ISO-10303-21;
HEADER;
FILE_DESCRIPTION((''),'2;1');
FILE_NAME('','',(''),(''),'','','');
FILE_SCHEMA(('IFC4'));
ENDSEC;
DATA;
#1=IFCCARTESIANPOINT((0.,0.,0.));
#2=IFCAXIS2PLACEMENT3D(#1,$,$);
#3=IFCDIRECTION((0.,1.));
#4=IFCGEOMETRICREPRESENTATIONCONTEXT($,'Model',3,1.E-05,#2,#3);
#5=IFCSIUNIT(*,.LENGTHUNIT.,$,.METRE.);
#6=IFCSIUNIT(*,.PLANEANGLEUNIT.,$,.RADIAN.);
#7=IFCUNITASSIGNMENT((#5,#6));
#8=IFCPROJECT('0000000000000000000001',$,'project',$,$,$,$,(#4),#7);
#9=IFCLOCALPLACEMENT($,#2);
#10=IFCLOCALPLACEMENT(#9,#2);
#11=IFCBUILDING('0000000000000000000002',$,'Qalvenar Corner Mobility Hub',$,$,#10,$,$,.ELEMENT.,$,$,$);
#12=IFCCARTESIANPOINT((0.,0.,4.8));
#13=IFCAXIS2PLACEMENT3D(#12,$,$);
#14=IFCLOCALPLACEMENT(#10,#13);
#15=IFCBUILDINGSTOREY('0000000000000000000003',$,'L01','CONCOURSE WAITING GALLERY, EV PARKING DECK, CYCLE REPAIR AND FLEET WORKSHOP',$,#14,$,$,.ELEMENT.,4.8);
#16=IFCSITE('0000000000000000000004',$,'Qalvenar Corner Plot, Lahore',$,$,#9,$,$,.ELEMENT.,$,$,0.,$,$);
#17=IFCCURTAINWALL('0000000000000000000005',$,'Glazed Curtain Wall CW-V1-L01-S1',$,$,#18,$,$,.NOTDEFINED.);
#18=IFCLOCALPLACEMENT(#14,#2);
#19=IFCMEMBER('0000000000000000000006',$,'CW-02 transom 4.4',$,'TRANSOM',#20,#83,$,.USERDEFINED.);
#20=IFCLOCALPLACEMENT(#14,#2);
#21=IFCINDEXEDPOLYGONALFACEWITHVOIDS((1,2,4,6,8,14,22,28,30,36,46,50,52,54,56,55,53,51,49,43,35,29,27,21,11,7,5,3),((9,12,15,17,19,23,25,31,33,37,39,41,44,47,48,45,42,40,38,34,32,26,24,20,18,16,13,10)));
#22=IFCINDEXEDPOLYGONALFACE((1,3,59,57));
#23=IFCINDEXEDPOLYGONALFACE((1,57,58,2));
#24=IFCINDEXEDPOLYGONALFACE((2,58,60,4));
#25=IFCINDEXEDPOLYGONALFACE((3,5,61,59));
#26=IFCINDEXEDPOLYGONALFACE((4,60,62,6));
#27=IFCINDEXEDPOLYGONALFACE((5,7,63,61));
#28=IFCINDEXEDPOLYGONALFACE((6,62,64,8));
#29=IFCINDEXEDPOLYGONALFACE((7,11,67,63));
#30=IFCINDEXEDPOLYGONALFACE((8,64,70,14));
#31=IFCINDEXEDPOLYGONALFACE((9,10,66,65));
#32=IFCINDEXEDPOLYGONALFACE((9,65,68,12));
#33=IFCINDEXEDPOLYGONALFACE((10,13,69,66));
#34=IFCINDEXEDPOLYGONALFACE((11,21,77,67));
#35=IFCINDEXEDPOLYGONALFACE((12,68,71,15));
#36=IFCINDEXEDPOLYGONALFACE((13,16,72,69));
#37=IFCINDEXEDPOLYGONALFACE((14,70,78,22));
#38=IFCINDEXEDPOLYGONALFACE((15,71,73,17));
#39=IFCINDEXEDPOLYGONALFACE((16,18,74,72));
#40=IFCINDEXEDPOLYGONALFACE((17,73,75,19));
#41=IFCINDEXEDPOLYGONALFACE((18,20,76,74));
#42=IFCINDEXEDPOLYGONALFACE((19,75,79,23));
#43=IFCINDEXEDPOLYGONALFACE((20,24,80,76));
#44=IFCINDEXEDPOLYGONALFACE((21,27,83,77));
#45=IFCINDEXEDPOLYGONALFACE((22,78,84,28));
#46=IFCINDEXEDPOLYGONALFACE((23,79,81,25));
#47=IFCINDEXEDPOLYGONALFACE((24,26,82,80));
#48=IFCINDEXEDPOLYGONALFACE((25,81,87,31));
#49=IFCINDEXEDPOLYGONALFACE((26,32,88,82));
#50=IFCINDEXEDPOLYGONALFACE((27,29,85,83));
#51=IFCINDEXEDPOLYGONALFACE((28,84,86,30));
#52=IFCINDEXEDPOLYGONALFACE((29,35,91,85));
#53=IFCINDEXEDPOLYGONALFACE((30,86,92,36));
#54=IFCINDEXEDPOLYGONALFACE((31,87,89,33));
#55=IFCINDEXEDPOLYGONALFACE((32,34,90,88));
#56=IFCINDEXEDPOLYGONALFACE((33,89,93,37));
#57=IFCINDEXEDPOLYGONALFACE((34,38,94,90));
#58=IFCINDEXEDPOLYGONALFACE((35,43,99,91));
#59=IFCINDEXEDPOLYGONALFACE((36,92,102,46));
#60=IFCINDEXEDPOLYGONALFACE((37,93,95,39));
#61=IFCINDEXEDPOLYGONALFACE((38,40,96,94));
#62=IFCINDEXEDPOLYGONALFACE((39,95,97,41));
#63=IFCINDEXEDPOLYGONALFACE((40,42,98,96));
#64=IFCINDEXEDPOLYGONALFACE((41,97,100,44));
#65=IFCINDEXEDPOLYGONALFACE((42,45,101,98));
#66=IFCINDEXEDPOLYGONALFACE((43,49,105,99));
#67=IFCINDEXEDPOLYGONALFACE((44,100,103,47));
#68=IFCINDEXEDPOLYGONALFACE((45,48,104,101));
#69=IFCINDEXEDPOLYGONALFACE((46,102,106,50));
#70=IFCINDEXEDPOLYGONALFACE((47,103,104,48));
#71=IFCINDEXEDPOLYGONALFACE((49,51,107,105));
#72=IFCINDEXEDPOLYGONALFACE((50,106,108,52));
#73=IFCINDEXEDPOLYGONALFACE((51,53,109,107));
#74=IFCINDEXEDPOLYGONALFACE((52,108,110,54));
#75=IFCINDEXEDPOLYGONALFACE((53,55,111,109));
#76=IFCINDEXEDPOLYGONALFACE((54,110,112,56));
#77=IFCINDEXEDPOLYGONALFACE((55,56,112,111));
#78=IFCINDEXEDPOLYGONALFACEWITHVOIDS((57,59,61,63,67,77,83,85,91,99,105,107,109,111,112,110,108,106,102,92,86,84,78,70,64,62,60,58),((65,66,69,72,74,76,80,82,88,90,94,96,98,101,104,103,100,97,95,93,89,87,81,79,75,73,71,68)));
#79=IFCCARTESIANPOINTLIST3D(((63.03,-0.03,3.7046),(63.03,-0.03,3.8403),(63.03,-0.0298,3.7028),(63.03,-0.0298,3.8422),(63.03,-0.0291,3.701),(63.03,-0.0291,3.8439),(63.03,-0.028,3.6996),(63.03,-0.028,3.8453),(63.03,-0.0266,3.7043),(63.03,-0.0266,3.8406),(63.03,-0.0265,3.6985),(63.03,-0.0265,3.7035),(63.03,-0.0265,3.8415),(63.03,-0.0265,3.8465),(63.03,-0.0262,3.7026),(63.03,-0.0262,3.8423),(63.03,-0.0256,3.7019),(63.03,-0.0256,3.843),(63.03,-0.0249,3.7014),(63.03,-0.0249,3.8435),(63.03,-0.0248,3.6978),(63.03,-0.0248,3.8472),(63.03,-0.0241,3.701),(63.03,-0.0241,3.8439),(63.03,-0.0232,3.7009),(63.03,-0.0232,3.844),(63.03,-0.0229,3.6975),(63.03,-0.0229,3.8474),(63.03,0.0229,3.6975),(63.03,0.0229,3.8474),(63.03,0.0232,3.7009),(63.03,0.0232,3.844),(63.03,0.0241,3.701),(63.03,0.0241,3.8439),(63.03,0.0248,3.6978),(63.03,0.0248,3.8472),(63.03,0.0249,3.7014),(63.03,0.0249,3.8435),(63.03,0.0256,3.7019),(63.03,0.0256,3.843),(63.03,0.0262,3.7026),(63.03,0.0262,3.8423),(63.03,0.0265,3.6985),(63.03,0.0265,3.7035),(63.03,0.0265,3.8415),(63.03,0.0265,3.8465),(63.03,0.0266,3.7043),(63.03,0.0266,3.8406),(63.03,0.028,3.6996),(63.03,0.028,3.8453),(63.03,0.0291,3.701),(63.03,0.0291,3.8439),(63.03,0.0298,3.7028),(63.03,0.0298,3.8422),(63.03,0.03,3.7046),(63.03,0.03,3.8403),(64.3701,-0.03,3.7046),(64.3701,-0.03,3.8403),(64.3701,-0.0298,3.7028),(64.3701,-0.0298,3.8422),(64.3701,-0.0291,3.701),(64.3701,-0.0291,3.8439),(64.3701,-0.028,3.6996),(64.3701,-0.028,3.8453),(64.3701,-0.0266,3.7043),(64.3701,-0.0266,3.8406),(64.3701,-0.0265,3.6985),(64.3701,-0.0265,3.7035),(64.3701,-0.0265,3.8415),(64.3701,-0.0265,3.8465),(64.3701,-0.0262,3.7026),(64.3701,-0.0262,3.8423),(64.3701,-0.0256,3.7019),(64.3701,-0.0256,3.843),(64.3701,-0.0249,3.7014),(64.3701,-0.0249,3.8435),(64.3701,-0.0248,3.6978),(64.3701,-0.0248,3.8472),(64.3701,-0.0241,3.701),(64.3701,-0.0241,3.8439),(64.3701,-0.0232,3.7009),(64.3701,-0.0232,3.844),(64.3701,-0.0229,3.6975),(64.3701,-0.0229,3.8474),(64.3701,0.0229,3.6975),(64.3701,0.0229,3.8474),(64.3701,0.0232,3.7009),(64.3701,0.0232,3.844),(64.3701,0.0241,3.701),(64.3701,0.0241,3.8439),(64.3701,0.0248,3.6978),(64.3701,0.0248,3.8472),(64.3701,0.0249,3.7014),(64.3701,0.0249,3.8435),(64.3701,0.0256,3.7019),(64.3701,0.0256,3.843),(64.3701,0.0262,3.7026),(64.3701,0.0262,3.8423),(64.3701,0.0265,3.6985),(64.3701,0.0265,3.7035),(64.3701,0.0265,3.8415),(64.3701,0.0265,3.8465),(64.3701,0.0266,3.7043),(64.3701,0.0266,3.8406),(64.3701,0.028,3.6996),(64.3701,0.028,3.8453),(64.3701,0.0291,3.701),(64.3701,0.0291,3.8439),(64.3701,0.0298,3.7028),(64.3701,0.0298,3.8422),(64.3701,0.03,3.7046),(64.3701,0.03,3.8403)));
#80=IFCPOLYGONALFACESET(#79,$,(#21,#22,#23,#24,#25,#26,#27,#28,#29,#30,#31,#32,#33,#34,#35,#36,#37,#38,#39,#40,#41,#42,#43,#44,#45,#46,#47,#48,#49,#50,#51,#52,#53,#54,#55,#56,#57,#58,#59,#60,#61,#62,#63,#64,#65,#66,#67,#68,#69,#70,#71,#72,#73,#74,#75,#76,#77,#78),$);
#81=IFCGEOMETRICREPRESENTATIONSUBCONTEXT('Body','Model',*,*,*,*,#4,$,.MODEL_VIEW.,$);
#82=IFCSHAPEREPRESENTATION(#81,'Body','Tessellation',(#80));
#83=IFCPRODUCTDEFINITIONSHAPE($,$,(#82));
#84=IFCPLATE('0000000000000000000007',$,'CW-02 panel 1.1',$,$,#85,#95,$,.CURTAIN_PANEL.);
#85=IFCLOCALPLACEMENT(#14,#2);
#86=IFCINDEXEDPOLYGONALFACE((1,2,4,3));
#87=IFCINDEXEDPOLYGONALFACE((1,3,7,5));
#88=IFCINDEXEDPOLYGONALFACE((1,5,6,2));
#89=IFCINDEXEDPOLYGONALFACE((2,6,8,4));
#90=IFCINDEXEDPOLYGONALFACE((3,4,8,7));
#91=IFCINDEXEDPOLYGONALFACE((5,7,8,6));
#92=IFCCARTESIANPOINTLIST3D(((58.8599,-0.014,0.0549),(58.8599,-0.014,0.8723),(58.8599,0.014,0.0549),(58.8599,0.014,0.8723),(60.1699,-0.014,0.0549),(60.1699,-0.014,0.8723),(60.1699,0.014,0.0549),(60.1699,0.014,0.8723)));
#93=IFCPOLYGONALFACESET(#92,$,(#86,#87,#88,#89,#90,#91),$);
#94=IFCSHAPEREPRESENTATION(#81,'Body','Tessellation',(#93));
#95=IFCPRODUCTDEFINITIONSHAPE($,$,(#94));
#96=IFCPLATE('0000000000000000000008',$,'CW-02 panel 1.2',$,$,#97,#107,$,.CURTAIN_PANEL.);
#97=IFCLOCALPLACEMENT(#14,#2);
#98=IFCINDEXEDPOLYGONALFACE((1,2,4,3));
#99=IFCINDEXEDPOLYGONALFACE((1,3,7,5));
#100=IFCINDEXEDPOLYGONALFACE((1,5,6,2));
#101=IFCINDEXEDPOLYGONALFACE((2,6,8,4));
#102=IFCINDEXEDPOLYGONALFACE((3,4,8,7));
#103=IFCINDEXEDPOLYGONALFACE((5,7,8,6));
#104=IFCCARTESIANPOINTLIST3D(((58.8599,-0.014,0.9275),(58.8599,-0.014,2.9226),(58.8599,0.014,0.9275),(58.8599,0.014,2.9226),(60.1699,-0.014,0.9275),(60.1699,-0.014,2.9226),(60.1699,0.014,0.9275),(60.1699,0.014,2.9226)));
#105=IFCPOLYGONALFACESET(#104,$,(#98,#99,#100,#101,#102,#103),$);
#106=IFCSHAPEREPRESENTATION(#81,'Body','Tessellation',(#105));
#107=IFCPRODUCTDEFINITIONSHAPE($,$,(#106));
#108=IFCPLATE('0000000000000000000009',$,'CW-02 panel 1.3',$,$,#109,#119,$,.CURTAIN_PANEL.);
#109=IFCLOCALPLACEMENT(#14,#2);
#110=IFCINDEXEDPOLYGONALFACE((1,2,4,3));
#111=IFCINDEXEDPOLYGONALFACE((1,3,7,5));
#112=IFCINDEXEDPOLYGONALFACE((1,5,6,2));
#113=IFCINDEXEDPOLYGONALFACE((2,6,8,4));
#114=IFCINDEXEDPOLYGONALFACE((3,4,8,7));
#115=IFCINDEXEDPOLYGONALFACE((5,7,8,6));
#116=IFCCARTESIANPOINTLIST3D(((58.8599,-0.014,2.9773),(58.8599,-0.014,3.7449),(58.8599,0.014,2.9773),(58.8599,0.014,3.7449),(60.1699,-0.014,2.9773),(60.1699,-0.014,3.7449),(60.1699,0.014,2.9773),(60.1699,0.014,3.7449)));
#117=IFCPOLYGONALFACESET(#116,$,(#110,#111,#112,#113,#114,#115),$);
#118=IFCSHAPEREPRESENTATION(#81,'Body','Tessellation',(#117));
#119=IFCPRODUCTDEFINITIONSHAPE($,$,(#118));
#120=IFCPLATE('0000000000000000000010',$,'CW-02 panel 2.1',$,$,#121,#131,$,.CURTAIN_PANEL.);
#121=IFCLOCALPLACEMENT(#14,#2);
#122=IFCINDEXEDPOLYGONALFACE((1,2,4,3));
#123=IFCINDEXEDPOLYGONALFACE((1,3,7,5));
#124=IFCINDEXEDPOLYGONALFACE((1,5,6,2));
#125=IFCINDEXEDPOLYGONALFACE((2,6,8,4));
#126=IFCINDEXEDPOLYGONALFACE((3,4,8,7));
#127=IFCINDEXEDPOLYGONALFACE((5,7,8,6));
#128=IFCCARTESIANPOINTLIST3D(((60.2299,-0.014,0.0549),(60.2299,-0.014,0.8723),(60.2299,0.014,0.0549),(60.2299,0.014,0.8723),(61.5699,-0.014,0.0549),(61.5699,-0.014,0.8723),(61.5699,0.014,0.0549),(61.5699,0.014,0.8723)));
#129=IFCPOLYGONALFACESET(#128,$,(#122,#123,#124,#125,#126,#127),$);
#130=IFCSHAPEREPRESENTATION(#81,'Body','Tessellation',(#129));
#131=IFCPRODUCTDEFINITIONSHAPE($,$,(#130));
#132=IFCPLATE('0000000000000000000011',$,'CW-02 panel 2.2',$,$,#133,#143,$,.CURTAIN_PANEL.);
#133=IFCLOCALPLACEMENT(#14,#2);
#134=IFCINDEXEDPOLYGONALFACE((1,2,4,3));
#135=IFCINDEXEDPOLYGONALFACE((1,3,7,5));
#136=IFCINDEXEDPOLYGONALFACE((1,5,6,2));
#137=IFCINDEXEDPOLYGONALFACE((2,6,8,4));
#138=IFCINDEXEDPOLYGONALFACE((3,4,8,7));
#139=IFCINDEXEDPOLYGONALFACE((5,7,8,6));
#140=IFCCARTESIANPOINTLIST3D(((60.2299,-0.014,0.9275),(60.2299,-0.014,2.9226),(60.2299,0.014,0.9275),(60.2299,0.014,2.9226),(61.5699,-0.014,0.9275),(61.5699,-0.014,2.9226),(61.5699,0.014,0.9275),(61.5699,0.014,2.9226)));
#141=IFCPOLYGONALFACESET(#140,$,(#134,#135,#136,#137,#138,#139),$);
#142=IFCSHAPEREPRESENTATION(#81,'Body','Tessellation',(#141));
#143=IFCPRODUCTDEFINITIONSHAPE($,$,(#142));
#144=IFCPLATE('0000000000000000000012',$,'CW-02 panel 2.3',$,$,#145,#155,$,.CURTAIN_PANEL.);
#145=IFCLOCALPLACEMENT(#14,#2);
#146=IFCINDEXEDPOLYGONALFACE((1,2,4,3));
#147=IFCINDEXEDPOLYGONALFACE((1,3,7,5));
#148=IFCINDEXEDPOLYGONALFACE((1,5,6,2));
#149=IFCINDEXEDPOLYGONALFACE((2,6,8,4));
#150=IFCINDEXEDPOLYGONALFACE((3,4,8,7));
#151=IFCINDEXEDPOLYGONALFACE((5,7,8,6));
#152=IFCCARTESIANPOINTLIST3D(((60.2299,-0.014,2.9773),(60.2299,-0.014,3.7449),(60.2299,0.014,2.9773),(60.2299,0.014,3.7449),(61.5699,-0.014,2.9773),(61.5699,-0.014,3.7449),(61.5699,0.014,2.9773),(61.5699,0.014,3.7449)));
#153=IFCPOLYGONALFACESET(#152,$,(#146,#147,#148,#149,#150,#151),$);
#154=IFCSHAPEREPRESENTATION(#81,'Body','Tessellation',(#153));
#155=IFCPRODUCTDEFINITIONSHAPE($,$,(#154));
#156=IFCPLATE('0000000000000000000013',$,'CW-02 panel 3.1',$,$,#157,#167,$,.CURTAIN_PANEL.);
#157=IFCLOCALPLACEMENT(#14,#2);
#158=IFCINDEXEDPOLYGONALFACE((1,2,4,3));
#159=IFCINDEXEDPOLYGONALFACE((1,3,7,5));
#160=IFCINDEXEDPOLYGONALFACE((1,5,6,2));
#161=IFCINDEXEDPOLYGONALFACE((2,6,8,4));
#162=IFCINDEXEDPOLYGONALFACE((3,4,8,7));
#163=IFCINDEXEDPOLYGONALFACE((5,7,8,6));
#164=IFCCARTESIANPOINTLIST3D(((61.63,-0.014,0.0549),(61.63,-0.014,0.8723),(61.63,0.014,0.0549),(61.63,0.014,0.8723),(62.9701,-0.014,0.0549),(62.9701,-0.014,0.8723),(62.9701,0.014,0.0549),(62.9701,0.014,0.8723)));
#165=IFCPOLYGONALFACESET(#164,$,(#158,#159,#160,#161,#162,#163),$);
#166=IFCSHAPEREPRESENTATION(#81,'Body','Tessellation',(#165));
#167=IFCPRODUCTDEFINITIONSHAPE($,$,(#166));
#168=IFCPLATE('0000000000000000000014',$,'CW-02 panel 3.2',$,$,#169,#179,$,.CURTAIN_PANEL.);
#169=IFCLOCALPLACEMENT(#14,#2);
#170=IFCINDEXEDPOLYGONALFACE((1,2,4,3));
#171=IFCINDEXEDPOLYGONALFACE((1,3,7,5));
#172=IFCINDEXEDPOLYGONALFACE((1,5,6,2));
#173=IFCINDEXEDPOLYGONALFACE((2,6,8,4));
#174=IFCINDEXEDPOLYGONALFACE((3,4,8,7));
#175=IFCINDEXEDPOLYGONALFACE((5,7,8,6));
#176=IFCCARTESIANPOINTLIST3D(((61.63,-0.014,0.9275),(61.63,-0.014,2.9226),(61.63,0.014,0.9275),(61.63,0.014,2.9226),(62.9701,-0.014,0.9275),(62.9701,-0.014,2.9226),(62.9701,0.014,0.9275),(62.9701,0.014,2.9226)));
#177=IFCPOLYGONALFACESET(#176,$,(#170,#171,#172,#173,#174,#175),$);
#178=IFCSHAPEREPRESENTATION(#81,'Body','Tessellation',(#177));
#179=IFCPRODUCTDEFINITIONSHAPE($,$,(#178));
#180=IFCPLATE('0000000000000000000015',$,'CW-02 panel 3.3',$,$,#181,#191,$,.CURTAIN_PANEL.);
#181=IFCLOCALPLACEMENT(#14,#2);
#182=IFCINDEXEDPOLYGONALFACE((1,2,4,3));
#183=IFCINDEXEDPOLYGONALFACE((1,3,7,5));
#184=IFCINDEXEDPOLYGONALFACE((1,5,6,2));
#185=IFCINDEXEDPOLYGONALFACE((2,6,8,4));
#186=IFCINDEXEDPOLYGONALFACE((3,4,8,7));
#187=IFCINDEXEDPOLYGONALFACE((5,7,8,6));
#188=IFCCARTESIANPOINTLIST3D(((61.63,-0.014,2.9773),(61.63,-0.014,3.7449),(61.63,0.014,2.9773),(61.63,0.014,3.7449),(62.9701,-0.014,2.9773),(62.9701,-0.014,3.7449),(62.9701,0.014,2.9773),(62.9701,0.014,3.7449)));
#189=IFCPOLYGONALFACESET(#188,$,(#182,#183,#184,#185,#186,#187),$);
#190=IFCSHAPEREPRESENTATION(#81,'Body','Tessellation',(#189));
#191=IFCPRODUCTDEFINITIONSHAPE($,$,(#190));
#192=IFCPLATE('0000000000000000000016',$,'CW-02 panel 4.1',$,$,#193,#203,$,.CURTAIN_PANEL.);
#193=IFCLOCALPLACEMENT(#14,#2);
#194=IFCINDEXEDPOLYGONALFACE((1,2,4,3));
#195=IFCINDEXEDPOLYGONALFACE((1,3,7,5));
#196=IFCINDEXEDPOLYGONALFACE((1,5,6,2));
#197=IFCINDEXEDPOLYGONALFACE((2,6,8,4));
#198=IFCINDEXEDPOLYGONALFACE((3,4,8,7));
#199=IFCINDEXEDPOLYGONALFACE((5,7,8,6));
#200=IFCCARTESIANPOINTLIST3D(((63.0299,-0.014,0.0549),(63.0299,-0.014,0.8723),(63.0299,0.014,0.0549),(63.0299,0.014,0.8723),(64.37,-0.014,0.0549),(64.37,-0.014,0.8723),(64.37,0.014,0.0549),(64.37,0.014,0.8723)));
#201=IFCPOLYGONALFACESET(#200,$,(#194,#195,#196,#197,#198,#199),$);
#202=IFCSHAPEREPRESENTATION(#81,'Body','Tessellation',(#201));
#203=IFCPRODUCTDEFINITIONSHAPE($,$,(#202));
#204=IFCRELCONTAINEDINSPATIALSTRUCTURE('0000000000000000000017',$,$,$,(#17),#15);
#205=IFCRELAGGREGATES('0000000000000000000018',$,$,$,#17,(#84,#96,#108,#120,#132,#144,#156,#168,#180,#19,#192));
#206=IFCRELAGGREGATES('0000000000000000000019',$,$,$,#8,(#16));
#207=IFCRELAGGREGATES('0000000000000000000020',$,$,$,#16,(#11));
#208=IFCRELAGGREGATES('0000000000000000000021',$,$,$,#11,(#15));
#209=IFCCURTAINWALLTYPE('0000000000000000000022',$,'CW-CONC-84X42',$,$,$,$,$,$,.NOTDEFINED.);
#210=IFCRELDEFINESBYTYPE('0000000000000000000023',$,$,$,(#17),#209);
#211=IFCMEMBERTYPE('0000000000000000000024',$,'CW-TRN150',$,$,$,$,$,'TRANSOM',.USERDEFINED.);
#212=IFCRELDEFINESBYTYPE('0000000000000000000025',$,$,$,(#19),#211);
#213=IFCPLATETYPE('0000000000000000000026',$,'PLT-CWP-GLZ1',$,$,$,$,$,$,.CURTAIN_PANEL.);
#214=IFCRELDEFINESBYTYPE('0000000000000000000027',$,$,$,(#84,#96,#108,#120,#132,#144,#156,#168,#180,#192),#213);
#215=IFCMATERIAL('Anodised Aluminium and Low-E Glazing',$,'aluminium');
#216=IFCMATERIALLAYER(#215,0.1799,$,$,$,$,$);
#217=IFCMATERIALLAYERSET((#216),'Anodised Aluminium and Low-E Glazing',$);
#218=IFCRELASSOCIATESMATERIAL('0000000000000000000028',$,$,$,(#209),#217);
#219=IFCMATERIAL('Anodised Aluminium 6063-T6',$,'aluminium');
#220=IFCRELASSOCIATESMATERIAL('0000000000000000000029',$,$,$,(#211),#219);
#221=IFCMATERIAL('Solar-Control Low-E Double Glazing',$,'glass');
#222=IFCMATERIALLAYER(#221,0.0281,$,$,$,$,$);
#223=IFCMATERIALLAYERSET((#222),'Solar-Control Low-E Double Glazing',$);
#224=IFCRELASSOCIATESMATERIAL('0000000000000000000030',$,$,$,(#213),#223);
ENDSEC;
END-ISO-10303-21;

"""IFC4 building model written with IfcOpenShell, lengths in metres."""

from ifc_helpers import new_model, si_unit, direction, frame, origin, origin_2d, place, context, subcontext, project, spatial, rectangle, hollow_rectangle, extrude, material, layer, layer_set, material_profile, profile_set, type_object, element, aggregate, save


model = new_model("IFC4")

# Units and contexts
model_context = context("Model", 3, precision=1e-05, world=origin(), true_north=direction((0.0, 1.0)))
body_context = subcontext(model_context, "Body", "Model", "MODEL_VIEW")
ifc_project = project(units=[si_unit("LENGTHUNIT", "METRE"), si_unit("PLANEANGLEUNIT", "RADIAN")], contexts=[model_context])

# Site, building, storey
site_placement = place(None, origin())
site = spatial("IfcSite", under=ifc_project, at=site_placement, Name="Qalvenar Corner Plot, Lahore", CompositionType="ELEMENT", RefElevation=0.0)
building_placement = place(site_placement, origin())
building = spatial("IfcBuilding", under=site, at=building_placement, Name="Qalvenar Corner Mobility Hub", CompositionType="ELEMENT")
storey_placement = place(building_placement, frame((0.0, 0.0, 4.8)))
storey = spatial("IfcBuildingStorey", under=building, at=storey_placement, Name="L01", Description="CONCOURSE WAITING GALLERY, EV PARKING DECK, CYCLE REPAIR AND FLEET WORKSHOP", CompositionType="ELEMENT", Elevation=4.8)

# Curtain wall, member, plates
ifc_material_1 = material(Name="Anodised Aluminium and Low-E Glazing", Category="aluminium")
ifc_layer_1 = layer(ifc_material_1, 0.1799)
ifc_layer_set_1 = layer_set([ifc_layer_1], Name="Anodised Aluminium and Low-E Glazing")
curtain_wall_type = type_object("IfcCurtainWallType", Name="CW-CONC-84X42", PredefinedType="NOTDEFINED", material=ifc_layer_set_1)
curtain_wall_placement = place(storey_placement, origin())
curtain_wall = element("IfcCurtainWall", 1, at=curtain_wall_placement, inside=storey, type_object=curtain_wall_type, Name="Glazed Curtain Wall CW-V1-L01-S1", PredefinedType="NOTDEFINED")
ifc_material_2 = material(Name="Anodised Aluminium 6063-T6", Category="aluminium")
ifc_material_profile_1 = material_profile(ifc_material_2, hollow_rectangle(XDim=0.0601, YDim=0.1499, WallThickness=0.0034, InnerFilletRadius=0.0034, OuterFilletRadius=0.0071, at=origin_2d()), Name="RHS150x60x3.5")
ifc_profile_set_1 = profile_set([ifc_material_profile_1], Name="Anodised Aluminium 6063-T6")
member_type_1 = type_object("IfcMemberType", Name="CW-TRN150", ElementType="TRANSOM", PredefinedType="USERDEFINED", material=ifc_profile_set_1)
member_1_placement = place(storey_placement, frame((63.03, 0.0, 3.7725), z_axis=(1.0, 0.0, 0.0), x_axis=(0.0, 1.0, 0.0)))
member_1 = element("IfcMember", 2, at=member_1_placement, type_object=member_type_1, Name="CW-02 transom 4.4", ObjectType="TRANSOM", PredefinedType="USERDEFINED", context=body_context, shape_type="SweptSolid", body=[
    extrude(hollow_rectangle(XDim=0.0601, YDim=0.1499, WallThickness=0.0034, InnerFilletRadius=0.0034, OuterFilletRadius=0.0071, at=origin_2d()), origin(), (0.0, 0.0, 1.0), 1.3401),
])
ifc_material_3 = material(Name="Solar-Control Low-E Double Glazing", Category="glass")
ifc_layer_2 = layer(ifc_material_3, 0.0281)
ifc_layer_set_2 = layer_set([ifc_layer_2], Name="Solar-Control Low-E Double Glazing")
plate_type = type_object("IfcPlateType", Name="PLT-CWP-GLZ1", PredefinedType="CURTAIN_PANEL", material=ifc_layer_set_2)
plate_1_placement = place(storey_placement, frame((59.5149, 0.0, 0.0549), z_axis=(0.0, 0.0, 1.0), x_axis=(1.0, 0.0, 0.0)))
plate_1 = element("IfcPlate", 3, at=plate_1_placement, type_object=plate_type, Name="CW-02 panel 1.1", PredefinedType="CURTAIN_PANEL", context=body_context, shape_type="SweptSolid", body=[
    extrude(rectangle(XDim=1.3101, YDim=0.0281, at=origin_2d()), origin(), (0.0, 0.0, 1.0), 0.8174),
])
plate_2_placement = place(storey_placement, frame((59.5149, 0.0, 0.9275), z_axis=(0.0, 0.0, 1.0), x_axis=(1.0, 0.0, 0.0)))
plate_2 = element("IfcPlate", 4, at=plate_2_placement, type_object=plate_type, Name="CW-02 panel 1.2", PredefinedType="CURTAIN_PANEL", context=body_context, shape_type="SweptSolid", body=[
    extrude(rectangle(XDim=1.3101, YDim=0.0281, at=origin_2d()), origin(), (0.0, 0.0, 1.0), 1.9951),
])
plate_3_placement = place(storey_placement, frame((59.5149, 0.0, 2.9773), z_axis=(0.0, 0.0, 1.0), x_axis=(1.0, 0.0, 0.0)))
plate_3 = element("IfcPlate", 5, at=plate_3_placement, type_object=plate_type, Name="CW-02 panel 1.3", PredefinedType="CURTAIN_PANEL", context=body_context, shape_type="SweptSolid", body=[
    extrude(rectangle(XDim=1.3101, YDim=0.0281, at=origin_2d()), origin(), (0.0, 0.0, 1.0), 0.7676),
])
plate_4_placement = place(storey_placement, frame((60.8999, 0.0, 0.0549), z_axis=(0.0, 0.0, 1.0), x_axis=(1.0, 0.0, 0.0)))
plate_4 = element("IfcPlate", 6, at=plate_4_placement, type_object=plate_type, Name="CW-02 panel 2.1", PredefinedType="CURTAIN_PANEL", context=body_context, shape_type="SweptSolid", body=[
    extrude(rectangle(XDim=1.3401, YDim=0.0281, at=origin_2d()), origin(), (0.0, 0.0, 1.0), 0.8174),
])
plate_5_placement = place(storey_placement, frame((60.8999, 0.0, 0.9275), z_axis=(0.0, 0.0, 1.0), x_axis=(1.0, 0.0, 0.0)))
plate_5 = element("IfcPlate", 7, at=plate_5_placement, type_object=plate_type, Name="CW-02 panel 2.2", PredefinedType="CURTAIN_PANEL", context=body_context, shape_type="SweptSolid", body=[
    extrude(rectangle(XDim=1.3401, YDim=0.0281, at=origin_2d()), origin(), (0.0, 0.0, 1.0), 1.9951),
])
plate_6_placement = place(storey_placement, frame((60.8999, 0.0, 2.9773), z_axis=(0.0, 0.0, 1.0), x_axis=(1.0, 0.0, 0.0)))
plate_6 = element("IfcPlate", 8, at=plate_6_placement, type_object=plate_type, Name="CW-02 panel 2.3", PredefinedType="CURTAIN_PANEL", context=body_context, shape_type="SweptSolid", body=[
    extrude(rectangle(XDim=1.3401, YDim=0.0281, at=origin_2d()), origin(), (0.0, 0.0, 1.0), 0.7676),
])
plate_7_placement = place(storey_placement, frame((62.3, 0.0, 0.0549), z_axis=(0.0, 0.0, 1.0), x_axis=(1.0, 0.0, 0.0)))
plate_7 = element("IfcPlate", 9, at=plate_7_placement, type_object=plate_type, Name="CW-02 panel 3.1", PredefinedType="CURTAIN_PANEL", context=body_context, shape_type="SweptSolid", body=[
    extrude(rectangle(XDim=1.3401, YDim=0.0281, at=origin_2d()), origin(), (0.0, 0.0, 1.0), 0.8174),
])
plate_8_placement = place(storey_placement, frame((62.3, 0.0, 0.9275), z_axis=(0.0, 0.0, 1.0), x_axis=(1.0, 0.0, 0.0)))
plate_8 = element("IfcPlate", 10, at=plate_8_placement, type_object=plate_type, Name="CW-02 panel 3.2", PredefinedType="CURTAIN_PANEL", context=body_context, shape_type="SweptSolid", body=[
    extrude(rectangle(XDim=1.3401, YDim=0.0281, at=origin_2d()), origin(), (0.0, 0.0, 1.0), 1.9951),
])
plate_9_placement = place(storey_placement, frame((62.3, 0.0, 2.9773), z_axis=(0.0, 0.0, 1.0), x_axis=(1.0, 0.0, 0.0)))
plate_9 = element("IfcPlate", 11, at=plate_9_placement, type_object=plate_type, Name="CW-02 panel 3.3", PredefinedType="CURTAIN_PANEL", context=body_context, shape_type="SweptSolid", body=[
    extrude(rectangle(XDim=1.3401, YDim=0.0281, at=origin_2d()), origin(), (0.0, 0.0, 1.0), 0.7676),
])
plate_10_placement = place(storey_placement, frame((63.7, 0.0, 0.0549), z_axis=(0.0, 0.0, 1.0), x_axis=(1.0, 0.0, 0.0)))
plate_10 = element("IfcPlate", 12, at=plate_10_placement, type_object=plate_type, Name="CW-02 panel 4.1", PredefinedType="CURTAIN_PANEL", context=body_context, shape_type="SweptSolid", body=[
    extrude(rectangle(XDim=1.3401, YDim=0.0281, at=origin_2d()), origin(), (0.0, 0.0, 1.0), 0.8174),
])
aggregate(curtain_wall, [plate_1, plate_2, plate_3, plate_4, plate_5, plate_6, plate_7, plate_8, plate_9, member_1, plate_10])

save(model, "model.ifc")
